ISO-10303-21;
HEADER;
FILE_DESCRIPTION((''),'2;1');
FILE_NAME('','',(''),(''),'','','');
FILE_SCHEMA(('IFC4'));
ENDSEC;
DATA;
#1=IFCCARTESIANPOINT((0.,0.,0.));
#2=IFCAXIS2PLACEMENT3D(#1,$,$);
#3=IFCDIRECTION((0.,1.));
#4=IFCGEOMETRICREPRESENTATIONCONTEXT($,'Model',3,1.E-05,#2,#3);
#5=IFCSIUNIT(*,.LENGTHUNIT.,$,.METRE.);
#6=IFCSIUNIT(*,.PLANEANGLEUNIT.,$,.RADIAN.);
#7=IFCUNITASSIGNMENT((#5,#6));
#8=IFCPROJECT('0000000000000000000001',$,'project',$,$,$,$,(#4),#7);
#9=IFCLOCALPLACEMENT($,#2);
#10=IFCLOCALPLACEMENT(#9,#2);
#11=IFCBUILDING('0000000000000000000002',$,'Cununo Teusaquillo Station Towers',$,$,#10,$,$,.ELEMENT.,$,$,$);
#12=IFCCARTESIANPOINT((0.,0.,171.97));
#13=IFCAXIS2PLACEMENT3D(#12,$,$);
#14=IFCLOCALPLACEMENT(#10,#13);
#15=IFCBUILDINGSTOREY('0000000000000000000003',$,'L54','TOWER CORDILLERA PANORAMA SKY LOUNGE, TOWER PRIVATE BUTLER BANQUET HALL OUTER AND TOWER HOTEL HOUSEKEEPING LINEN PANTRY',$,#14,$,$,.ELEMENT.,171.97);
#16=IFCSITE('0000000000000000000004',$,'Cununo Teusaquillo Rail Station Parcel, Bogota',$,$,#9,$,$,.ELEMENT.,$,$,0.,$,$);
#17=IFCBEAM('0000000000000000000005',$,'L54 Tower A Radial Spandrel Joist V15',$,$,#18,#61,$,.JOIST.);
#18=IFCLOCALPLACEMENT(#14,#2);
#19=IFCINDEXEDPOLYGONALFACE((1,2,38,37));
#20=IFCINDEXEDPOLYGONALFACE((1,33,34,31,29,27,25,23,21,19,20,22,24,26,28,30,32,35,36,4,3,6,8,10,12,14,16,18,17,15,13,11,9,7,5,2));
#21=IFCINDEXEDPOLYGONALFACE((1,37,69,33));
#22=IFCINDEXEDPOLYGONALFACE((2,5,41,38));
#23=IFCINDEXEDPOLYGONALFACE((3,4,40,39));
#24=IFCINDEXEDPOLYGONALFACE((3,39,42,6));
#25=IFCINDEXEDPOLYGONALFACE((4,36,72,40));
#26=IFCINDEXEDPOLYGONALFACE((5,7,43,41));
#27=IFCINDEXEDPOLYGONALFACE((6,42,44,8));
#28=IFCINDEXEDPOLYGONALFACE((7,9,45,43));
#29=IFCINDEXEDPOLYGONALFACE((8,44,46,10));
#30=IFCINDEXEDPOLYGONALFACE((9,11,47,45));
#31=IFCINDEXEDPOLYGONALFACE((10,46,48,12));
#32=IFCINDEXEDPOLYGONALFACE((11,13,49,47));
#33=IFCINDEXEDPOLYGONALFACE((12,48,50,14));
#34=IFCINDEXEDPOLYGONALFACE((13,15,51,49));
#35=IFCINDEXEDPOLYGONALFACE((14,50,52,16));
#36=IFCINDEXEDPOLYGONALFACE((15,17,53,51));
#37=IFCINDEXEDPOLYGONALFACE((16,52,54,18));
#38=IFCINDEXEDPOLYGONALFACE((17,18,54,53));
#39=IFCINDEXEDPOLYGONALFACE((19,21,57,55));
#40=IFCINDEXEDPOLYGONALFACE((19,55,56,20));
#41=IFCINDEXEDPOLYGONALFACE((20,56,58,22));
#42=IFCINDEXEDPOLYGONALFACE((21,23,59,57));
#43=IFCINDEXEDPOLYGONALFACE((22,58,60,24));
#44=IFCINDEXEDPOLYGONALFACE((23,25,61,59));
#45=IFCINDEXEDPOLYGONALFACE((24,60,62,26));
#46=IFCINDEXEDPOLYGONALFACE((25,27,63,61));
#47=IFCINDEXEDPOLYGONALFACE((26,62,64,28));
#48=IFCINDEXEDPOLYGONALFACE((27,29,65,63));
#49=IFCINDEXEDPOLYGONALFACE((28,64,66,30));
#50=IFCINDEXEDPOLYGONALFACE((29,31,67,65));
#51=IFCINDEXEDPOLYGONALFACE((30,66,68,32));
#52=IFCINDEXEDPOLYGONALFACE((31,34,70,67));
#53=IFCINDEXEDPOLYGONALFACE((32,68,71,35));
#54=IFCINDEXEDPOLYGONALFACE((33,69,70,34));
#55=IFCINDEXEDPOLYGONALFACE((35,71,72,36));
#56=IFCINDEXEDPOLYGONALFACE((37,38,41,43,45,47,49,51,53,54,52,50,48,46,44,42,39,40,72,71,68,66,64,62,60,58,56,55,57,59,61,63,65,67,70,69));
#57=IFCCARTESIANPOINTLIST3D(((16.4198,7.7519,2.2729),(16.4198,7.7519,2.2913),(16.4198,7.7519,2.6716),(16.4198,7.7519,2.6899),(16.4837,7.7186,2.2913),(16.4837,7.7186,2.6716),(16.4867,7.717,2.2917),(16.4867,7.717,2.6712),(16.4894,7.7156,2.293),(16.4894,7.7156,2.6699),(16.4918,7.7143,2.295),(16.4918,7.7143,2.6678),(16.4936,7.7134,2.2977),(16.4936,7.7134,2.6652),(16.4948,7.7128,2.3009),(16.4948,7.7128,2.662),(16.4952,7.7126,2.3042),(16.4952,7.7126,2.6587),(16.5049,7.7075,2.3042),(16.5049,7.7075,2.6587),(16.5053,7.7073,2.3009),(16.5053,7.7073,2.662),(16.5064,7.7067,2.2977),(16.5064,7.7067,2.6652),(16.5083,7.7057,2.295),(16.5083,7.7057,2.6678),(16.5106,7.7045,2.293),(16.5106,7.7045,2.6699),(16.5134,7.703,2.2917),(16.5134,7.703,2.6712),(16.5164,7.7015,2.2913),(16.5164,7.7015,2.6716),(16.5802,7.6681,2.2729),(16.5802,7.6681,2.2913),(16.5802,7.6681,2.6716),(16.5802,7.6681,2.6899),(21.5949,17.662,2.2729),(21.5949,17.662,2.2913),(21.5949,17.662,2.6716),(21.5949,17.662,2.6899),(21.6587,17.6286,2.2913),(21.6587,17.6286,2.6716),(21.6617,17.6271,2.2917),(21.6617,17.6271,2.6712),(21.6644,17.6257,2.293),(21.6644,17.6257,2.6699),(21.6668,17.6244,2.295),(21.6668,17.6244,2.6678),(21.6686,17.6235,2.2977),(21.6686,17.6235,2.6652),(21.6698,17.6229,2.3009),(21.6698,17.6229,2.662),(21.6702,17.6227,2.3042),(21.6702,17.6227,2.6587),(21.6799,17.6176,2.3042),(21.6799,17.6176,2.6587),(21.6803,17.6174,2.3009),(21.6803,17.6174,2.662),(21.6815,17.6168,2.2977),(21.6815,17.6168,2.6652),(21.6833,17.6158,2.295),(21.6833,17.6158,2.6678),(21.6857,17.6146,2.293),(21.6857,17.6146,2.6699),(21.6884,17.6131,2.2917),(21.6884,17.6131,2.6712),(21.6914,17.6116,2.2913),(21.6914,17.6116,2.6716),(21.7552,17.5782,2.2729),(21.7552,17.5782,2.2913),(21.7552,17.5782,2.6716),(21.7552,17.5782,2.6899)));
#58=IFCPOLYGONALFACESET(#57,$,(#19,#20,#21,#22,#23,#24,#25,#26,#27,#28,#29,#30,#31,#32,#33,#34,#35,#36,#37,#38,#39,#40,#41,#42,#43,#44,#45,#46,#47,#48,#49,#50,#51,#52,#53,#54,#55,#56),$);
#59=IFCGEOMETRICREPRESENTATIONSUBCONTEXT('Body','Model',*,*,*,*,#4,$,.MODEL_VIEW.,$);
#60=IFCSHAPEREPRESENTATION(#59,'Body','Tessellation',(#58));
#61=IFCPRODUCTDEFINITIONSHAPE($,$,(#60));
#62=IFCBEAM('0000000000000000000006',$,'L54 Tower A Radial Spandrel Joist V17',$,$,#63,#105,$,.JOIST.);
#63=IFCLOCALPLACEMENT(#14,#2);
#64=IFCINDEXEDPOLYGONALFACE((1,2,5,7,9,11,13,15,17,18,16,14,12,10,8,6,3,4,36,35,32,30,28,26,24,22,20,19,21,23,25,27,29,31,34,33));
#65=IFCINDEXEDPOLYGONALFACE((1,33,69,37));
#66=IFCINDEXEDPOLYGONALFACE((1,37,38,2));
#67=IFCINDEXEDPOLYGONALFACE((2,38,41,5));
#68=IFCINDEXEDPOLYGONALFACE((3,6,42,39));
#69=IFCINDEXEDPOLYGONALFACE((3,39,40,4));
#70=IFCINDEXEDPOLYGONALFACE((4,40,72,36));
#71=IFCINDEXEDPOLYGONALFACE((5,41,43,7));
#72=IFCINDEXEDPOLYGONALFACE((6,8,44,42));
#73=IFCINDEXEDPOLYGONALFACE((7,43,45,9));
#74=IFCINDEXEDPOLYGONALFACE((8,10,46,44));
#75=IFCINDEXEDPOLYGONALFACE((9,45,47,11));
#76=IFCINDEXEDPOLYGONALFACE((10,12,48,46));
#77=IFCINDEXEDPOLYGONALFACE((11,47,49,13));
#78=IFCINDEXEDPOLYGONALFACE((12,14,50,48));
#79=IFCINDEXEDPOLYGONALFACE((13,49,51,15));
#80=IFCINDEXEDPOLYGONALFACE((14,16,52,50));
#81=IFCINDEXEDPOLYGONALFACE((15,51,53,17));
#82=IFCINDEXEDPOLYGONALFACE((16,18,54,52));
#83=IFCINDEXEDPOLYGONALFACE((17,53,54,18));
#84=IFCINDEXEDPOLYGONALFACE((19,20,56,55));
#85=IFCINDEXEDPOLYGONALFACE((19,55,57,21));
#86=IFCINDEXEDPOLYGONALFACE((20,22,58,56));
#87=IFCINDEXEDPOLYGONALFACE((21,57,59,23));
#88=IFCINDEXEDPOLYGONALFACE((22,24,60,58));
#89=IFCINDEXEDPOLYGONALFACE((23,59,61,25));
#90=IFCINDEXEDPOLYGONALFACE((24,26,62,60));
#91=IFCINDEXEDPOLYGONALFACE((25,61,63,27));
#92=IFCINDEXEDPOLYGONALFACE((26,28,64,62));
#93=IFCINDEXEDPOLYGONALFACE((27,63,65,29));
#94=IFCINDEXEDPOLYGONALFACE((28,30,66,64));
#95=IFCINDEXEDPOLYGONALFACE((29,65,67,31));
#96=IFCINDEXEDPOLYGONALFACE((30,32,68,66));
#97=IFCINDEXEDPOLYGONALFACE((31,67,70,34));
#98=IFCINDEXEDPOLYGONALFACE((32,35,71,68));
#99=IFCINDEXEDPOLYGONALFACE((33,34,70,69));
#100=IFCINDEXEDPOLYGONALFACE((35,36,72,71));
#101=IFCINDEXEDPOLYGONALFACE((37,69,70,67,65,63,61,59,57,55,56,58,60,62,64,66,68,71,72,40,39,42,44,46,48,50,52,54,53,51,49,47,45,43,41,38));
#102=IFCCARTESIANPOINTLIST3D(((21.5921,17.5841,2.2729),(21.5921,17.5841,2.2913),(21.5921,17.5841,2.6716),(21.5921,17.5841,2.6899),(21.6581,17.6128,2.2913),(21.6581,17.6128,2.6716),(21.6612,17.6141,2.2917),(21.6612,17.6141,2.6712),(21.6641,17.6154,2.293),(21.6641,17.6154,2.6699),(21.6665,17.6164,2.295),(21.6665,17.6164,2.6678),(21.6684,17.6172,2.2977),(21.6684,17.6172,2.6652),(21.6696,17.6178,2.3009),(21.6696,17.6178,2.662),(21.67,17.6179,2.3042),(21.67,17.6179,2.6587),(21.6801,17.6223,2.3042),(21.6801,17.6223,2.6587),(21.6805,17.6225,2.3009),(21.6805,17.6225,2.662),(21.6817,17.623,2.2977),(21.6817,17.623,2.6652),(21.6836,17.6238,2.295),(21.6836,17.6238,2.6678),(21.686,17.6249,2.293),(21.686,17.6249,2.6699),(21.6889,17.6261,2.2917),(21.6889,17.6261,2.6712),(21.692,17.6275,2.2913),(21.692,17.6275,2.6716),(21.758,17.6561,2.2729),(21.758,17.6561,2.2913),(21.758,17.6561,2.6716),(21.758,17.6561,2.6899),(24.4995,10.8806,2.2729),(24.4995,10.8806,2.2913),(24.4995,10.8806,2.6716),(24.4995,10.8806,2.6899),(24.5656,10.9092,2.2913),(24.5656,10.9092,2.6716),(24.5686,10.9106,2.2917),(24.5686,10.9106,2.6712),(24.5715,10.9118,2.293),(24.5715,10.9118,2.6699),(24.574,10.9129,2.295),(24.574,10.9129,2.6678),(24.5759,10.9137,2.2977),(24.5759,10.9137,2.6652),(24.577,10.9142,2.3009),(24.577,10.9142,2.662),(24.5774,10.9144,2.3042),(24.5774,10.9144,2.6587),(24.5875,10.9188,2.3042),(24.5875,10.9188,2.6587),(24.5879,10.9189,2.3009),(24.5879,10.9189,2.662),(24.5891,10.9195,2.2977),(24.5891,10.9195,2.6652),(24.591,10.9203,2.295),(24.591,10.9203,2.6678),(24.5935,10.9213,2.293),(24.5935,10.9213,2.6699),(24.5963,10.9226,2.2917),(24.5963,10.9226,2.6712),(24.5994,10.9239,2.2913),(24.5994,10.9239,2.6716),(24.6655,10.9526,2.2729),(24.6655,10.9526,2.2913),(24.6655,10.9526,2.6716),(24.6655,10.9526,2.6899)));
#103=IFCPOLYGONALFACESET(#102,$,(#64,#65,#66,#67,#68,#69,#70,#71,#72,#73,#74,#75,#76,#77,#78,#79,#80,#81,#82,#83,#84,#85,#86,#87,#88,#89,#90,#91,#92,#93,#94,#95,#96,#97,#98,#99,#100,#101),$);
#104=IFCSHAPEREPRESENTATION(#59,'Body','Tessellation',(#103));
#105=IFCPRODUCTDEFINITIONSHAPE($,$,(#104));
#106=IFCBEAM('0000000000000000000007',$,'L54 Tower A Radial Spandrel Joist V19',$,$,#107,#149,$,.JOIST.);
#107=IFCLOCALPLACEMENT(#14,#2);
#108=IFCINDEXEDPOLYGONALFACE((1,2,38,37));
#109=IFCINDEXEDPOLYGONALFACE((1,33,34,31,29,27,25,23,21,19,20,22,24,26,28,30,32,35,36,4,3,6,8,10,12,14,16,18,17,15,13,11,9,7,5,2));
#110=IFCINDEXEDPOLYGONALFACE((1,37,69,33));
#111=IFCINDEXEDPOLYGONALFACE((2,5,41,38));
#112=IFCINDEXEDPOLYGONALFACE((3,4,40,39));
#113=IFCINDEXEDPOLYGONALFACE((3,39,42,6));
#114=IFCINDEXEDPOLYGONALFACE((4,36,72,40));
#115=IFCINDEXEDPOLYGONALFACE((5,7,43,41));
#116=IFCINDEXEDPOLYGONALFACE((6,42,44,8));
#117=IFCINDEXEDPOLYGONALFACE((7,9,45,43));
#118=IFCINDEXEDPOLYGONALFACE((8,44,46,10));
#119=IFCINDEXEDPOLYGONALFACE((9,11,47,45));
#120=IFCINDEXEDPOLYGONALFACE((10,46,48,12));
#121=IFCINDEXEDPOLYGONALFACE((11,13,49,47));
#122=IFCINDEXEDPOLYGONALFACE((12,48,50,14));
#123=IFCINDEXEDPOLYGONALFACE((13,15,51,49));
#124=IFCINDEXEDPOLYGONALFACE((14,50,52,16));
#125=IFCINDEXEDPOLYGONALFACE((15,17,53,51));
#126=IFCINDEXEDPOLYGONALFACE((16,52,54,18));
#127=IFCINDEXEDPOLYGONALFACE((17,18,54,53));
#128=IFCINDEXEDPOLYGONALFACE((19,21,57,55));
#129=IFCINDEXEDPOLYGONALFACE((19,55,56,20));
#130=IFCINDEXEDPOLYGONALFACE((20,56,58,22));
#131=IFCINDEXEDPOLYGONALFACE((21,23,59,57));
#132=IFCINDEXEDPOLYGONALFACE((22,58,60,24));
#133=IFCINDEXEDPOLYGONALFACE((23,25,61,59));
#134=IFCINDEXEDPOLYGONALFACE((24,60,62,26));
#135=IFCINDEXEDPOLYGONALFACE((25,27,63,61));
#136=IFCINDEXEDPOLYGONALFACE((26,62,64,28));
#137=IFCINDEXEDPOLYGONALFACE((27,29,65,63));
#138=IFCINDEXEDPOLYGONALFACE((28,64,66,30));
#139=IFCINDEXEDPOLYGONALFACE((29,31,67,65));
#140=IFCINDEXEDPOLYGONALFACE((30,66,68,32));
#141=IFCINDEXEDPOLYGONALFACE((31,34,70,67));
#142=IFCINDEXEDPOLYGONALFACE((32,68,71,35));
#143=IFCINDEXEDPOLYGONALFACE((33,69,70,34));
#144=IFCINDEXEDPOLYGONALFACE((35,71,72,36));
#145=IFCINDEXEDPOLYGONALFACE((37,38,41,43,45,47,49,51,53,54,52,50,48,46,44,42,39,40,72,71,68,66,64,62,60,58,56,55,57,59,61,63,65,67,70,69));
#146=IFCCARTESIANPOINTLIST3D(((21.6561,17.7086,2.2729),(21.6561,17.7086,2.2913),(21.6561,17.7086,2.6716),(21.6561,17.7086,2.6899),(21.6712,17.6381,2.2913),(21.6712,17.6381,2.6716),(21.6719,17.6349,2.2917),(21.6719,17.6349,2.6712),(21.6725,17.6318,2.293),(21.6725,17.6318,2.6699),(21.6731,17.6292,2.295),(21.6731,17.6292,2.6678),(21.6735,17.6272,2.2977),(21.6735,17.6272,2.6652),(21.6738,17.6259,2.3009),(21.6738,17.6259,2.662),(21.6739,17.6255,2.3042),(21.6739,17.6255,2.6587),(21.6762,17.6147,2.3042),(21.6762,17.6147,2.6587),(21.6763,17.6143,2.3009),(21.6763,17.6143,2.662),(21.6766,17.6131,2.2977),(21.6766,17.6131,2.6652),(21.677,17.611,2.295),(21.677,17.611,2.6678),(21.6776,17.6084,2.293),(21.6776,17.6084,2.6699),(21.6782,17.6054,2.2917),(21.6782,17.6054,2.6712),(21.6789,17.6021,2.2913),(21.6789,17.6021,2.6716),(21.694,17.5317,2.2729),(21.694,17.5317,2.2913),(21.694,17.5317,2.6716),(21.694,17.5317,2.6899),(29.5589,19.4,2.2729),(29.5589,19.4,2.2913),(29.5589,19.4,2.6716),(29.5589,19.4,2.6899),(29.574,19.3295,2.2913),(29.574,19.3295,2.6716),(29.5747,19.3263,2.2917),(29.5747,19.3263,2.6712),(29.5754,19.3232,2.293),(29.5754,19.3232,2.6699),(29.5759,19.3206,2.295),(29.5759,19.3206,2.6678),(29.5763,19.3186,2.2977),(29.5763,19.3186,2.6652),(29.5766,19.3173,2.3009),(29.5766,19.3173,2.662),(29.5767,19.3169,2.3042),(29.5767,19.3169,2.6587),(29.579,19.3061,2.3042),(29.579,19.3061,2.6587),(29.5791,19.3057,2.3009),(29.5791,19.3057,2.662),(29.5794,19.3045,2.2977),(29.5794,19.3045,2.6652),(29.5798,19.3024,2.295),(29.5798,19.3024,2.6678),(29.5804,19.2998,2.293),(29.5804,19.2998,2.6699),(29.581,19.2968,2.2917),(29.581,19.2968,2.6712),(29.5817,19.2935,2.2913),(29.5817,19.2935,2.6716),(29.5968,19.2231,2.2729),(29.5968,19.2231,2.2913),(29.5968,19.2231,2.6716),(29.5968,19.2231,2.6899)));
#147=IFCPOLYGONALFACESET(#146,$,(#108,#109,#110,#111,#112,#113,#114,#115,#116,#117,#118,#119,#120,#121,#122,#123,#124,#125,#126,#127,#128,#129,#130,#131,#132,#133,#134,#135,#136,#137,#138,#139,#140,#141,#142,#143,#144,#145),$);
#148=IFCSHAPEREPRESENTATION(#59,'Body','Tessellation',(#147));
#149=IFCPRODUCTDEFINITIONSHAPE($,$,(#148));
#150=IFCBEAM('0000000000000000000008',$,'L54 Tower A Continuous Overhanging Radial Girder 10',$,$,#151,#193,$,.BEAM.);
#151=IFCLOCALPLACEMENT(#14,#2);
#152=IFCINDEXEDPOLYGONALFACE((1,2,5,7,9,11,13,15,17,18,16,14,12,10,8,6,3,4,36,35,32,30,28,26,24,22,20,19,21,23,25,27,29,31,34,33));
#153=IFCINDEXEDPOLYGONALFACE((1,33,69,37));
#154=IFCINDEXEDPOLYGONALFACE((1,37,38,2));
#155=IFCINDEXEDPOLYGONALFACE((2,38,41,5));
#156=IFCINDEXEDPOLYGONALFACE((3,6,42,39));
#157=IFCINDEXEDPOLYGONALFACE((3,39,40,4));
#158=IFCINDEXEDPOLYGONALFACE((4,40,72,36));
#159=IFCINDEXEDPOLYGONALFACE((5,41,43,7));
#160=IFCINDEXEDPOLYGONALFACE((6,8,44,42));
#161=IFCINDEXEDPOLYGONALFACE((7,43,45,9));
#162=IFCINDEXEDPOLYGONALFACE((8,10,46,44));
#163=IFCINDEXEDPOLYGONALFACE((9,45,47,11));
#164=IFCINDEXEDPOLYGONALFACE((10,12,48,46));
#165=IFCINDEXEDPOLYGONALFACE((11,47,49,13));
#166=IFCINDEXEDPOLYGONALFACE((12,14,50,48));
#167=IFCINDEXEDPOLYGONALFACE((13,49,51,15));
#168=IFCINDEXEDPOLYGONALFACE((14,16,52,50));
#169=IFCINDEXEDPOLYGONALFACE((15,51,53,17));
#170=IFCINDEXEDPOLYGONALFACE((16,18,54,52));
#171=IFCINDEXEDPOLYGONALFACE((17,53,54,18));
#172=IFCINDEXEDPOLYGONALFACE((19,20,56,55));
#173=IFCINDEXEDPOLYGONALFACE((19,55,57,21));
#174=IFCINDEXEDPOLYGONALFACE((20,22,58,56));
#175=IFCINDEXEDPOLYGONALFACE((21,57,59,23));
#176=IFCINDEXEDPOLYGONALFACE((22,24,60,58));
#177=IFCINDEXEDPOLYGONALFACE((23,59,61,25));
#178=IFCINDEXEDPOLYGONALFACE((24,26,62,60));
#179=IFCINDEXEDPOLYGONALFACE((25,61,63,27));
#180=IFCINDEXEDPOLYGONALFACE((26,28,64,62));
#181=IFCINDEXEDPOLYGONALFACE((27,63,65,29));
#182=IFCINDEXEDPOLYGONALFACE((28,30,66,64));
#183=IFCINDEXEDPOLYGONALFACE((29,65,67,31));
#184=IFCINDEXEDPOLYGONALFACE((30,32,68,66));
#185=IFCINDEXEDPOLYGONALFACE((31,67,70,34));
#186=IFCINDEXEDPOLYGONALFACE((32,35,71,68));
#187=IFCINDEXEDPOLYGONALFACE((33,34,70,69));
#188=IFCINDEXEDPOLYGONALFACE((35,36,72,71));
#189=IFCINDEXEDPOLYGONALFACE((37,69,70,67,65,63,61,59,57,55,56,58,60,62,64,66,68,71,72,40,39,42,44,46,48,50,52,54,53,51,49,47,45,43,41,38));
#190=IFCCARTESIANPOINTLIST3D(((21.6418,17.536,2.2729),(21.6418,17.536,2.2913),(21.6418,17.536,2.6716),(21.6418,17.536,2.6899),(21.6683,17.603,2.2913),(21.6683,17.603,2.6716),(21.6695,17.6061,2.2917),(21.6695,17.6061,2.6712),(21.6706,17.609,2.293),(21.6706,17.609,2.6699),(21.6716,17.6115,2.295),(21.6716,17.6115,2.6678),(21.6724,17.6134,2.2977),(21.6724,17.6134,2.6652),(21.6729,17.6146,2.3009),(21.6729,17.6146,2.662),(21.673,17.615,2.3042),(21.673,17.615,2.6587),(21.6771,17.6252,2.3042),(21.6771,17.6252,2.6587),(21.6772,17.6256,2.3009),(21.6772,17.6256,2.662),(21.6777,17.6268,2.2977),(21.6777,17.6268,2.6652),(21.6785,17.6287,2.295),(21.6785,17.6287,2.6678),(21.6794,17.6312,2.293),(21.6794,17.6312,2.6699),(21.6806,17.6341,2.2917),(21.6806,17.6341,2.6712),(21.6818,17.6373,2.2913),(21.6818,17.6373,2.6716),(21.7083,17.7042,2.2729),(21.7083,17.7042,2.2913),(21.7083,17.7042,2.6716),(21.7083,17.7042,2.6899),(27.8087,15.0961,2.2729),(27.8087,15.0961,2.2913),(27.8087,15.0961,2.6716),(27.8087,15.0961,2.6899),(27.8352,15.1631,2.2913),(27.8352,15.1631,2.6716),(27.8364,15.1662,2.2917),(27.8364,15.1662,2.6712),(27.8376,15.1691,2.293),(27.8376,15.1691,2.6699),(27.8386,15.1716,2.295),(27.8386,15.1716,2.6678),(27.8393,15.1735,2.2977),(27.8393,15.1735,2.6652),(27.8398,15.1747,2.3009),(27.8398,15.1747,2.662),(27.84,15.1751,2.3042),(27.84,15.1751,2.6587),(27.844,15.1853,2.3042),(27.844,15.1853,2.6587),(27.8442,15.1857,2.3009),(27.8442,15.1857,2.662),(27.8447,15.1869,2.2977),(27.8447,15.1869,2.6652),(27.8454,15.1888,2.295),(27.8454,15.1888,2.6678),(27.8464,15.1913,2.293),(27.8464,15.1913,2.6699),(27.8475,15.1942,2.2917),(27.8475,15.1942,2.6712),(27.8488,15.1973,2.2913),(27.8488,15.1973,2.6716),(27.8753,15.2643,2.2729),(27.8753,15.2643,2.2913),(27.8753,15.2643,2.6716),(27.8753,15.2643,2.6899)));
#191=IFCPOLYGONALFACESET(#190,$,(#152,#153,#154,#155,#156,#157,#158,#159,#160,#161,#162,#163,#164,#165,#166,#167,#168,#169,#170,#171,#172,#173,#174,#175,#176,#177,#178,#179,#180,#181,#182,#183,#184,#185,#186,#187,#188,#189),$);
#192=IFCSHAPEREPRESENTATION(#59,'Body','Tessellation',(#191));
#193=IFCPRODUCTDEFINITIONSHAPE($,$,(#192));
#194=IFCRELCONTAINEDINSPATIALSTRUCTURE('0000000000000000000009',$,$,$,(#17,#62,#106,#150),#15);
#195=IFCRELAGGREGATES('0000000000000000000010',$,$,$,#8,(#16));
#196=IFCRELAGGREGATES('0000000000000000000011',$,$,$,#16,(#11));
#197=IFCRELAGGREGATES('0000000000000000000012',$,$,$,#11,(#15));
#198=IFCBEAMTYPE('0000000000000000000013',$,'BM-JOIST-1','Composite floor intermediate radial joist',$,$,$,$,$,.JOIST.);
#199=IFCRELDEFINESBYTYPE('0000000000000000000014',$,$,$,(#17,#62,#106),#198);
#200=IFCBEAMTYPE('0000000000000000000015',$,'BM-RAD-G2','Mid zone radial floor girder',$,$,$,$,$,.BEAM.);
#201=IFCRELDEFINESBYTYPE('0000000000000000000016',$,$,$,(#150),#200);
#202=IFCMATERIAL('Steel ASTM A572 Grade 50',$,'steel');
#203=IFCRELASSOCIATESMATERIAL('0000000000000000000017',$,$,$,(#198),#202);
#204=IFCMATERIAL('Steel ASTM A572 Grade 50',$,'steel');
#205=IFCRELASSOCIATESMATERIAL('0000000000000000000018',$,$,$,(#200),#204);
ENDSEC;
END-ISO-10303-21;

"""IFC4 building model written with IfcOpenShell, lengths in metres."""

from ifc_helpers import new_model, si_unit, direction, frame, origin, origin_2d, place, context, subcontext, project, spatial, i_section, extrude, material, material_profile, profile_set, type_object, element, save


model = new_model("IFC4")

# Units and contexts
model_context = context("Model", 3, precision=1e-05, world=origin(), true_north=direction((0.0, 1.0)))
body_context = subcontext(model_context, "Body", "Model", "MODEL_VIEW")
ifc_project = project(units=[si_unit("LENGTHUNIT", "METRE"), si_unit("PLANEANGLEUNIT", "RADIAN")], contexts=[model_context])

# Site, building, storey
site_placement = place(None, origin())
site = spatial("IfcSite", under=ifc_project, at=site_placement, Name="Cununo Teusaquillo Rail Station Parcel, Bogota", CompositionType="ELEMENT", RefElevation=0.0)
building_placement = place(site_placement, origin())
building = spatial("IfcBuilding", under=site, at=building_placement, Name="Cununo Teusaquillo Station Towers", CompositionType="ELEMENT")
storey_placement = place(building_placement, frame((0.0, 0.0, 171.97)))
storey = spatial("IfcBuildingStorey", under=building, at=storey_placement, Name="L54", Description="TOWER CORDILLERA PANORAMA SKY LOUNGE, TOWER PRIVATE BUTLER BANQUET HALL OUTER AND TOWER HOTEL HOUSEKEEPING LINEN PANTRY", CompositionType="ELEMENT", Elevation=171.97)

# Beams
ifc_material_1 = material(Name="Steel ASTM A572 Grade 50", Category="steel")
ifc_material_profile_1 = material_profile(ifc_material_1, i_section(OverallWidth=0.1809, OverallDepth=0.417, WebThickness=0.011, FlangeThickness=0.0183, FilletRadius=0.0129, at=origin_2d()), Name="W16X57")
ifc_profile_set_1 = profile_set([ifc_material_profile_1], Name="Steel ASTM A572 Grade 50")
beam_type_1 = type_object("IfcBeamType", Name="BM-JOIST-1", Description="Composite floor intermediate radial joist", PredefinedType="JOIST", material=ifc_profile_set_1)
beam_1_placement = place(storey_placement, frame((21.675, 17.6201, 2.4814), z_axis=(-0.462885, -0.886419, 0.0), x_axis=(0.886419, -0.462885, 0.0)))
element("IfcBeam", 1, at=beam_1_placement, inside=storey, type_object=beam_type_1, Name="L54 Tower A Radial Spandrel Joist V15", PredefinedType="JOIST", context=body_context, shape_type="SweptSolid", body=[
    extrude(i_section(OverallWidth=0.1809, OverallDepth=0.417, WebThickness=0.011, FlangeThickness=0.0183, FilletRadius=0.0129, at=origin_2d()), origin(), (0.0, 0.0, 1.0), 11.1799),
])
beam_2_placement = place(storey_placement, frame((21.675, 17.6201, 2.4814), z_axis=(0.397904, -0.917427, 0.0), x_axis=(0.917427, 0.397904, 0.0)))
element("IfcBeam", 2, at=beam_2_placement, inside=storey, type_object=beam_type_1, Name="L54 Tower A Radial Spandrel Joist V17", PredefinedType="JOIST", context=body_context, shape_type="SweptSolid", body=[
    extrude(i_section(OverallWidth=0.1809, OverallDepth=0.417, WebThickness=0.011, FlangeThickness=0.0183, FilletRadius=0.0129, at=origin_2d()), origin(), (0.0, 0.0, 1.0), 7.3069),
])
beam_3_placement = place(storey_placement, frame((21.675, 17.6201, 2.4814), z_axis=(0.977855, 0.209286, 0.0), x_axis=(-0.209286, 0.977855, 0.0)))
element("IfcBeam", 3, at=beam_3_placement, inside=storey, type_object=beam_type_1, Name="L54 Tower A Radial Spandrel Joist V19", PredefinedType="JOIST", context=body_context, shape_type="SweptSolid", body=[
    extrude(i_section(OverallWidth=0.1809, OverallDepth=0.417, WebThickness=0.011, FlangeThickness=0.0183, FilletRadius=0.0129, at=origin_2d()), origin(), (0.0, 0.0, 1.0), 8.0818),
])
ifc_material_2 = material(Name="Steel ASTM A572 Grade 50", Category="steel")
ifc_material_profile_2 = material_profile(ifc_material_2, i_section(OverallWidth=0.1809, OverallDepth=0.417, WebThickness=0.011, FlangeThickness=0.0183, FilletRadius=0.0129, at=origin_2d()), Name="W16X57")
ifc_profile_set_2 = profile_set([ifc_material_profile_2], Name="Steel ASTM A572 Grade 50")
beam_type_2 = type_object("IfcBeamType", Name="BM-RAD-G2", Description="Mid zone radial floor girder", PredefinedType="BEAM", material=ifc_profile_set_2)
beam_4_placement = place(storey_placement, frame((21.675, 17.6201, 2.4814), z_axis=(0.929866, -0.367897, 0.0), x_axis=(0.367897, 0.929866, 0.0)))
element("IfcBeam", 4, at=beam_4_placement, inside=storey, type_object=beam_type_2, Name="L54 Tower A Continuous Overhanging Radial Girder 10", PredefinedType="BEAM", context=body_context, shape_type="SweptSolid", body=[
    extrude(i_section(OverallWidth=0.1809, OverallDepth=0.417, WebThickness=0.011, FlangeThickness=0.0183, FilletRadius=0.0129, at=origin_2d()), origin(), (0.0, 0.0, 1.0), 6.6321),
])

save(model, "model.ifc")
